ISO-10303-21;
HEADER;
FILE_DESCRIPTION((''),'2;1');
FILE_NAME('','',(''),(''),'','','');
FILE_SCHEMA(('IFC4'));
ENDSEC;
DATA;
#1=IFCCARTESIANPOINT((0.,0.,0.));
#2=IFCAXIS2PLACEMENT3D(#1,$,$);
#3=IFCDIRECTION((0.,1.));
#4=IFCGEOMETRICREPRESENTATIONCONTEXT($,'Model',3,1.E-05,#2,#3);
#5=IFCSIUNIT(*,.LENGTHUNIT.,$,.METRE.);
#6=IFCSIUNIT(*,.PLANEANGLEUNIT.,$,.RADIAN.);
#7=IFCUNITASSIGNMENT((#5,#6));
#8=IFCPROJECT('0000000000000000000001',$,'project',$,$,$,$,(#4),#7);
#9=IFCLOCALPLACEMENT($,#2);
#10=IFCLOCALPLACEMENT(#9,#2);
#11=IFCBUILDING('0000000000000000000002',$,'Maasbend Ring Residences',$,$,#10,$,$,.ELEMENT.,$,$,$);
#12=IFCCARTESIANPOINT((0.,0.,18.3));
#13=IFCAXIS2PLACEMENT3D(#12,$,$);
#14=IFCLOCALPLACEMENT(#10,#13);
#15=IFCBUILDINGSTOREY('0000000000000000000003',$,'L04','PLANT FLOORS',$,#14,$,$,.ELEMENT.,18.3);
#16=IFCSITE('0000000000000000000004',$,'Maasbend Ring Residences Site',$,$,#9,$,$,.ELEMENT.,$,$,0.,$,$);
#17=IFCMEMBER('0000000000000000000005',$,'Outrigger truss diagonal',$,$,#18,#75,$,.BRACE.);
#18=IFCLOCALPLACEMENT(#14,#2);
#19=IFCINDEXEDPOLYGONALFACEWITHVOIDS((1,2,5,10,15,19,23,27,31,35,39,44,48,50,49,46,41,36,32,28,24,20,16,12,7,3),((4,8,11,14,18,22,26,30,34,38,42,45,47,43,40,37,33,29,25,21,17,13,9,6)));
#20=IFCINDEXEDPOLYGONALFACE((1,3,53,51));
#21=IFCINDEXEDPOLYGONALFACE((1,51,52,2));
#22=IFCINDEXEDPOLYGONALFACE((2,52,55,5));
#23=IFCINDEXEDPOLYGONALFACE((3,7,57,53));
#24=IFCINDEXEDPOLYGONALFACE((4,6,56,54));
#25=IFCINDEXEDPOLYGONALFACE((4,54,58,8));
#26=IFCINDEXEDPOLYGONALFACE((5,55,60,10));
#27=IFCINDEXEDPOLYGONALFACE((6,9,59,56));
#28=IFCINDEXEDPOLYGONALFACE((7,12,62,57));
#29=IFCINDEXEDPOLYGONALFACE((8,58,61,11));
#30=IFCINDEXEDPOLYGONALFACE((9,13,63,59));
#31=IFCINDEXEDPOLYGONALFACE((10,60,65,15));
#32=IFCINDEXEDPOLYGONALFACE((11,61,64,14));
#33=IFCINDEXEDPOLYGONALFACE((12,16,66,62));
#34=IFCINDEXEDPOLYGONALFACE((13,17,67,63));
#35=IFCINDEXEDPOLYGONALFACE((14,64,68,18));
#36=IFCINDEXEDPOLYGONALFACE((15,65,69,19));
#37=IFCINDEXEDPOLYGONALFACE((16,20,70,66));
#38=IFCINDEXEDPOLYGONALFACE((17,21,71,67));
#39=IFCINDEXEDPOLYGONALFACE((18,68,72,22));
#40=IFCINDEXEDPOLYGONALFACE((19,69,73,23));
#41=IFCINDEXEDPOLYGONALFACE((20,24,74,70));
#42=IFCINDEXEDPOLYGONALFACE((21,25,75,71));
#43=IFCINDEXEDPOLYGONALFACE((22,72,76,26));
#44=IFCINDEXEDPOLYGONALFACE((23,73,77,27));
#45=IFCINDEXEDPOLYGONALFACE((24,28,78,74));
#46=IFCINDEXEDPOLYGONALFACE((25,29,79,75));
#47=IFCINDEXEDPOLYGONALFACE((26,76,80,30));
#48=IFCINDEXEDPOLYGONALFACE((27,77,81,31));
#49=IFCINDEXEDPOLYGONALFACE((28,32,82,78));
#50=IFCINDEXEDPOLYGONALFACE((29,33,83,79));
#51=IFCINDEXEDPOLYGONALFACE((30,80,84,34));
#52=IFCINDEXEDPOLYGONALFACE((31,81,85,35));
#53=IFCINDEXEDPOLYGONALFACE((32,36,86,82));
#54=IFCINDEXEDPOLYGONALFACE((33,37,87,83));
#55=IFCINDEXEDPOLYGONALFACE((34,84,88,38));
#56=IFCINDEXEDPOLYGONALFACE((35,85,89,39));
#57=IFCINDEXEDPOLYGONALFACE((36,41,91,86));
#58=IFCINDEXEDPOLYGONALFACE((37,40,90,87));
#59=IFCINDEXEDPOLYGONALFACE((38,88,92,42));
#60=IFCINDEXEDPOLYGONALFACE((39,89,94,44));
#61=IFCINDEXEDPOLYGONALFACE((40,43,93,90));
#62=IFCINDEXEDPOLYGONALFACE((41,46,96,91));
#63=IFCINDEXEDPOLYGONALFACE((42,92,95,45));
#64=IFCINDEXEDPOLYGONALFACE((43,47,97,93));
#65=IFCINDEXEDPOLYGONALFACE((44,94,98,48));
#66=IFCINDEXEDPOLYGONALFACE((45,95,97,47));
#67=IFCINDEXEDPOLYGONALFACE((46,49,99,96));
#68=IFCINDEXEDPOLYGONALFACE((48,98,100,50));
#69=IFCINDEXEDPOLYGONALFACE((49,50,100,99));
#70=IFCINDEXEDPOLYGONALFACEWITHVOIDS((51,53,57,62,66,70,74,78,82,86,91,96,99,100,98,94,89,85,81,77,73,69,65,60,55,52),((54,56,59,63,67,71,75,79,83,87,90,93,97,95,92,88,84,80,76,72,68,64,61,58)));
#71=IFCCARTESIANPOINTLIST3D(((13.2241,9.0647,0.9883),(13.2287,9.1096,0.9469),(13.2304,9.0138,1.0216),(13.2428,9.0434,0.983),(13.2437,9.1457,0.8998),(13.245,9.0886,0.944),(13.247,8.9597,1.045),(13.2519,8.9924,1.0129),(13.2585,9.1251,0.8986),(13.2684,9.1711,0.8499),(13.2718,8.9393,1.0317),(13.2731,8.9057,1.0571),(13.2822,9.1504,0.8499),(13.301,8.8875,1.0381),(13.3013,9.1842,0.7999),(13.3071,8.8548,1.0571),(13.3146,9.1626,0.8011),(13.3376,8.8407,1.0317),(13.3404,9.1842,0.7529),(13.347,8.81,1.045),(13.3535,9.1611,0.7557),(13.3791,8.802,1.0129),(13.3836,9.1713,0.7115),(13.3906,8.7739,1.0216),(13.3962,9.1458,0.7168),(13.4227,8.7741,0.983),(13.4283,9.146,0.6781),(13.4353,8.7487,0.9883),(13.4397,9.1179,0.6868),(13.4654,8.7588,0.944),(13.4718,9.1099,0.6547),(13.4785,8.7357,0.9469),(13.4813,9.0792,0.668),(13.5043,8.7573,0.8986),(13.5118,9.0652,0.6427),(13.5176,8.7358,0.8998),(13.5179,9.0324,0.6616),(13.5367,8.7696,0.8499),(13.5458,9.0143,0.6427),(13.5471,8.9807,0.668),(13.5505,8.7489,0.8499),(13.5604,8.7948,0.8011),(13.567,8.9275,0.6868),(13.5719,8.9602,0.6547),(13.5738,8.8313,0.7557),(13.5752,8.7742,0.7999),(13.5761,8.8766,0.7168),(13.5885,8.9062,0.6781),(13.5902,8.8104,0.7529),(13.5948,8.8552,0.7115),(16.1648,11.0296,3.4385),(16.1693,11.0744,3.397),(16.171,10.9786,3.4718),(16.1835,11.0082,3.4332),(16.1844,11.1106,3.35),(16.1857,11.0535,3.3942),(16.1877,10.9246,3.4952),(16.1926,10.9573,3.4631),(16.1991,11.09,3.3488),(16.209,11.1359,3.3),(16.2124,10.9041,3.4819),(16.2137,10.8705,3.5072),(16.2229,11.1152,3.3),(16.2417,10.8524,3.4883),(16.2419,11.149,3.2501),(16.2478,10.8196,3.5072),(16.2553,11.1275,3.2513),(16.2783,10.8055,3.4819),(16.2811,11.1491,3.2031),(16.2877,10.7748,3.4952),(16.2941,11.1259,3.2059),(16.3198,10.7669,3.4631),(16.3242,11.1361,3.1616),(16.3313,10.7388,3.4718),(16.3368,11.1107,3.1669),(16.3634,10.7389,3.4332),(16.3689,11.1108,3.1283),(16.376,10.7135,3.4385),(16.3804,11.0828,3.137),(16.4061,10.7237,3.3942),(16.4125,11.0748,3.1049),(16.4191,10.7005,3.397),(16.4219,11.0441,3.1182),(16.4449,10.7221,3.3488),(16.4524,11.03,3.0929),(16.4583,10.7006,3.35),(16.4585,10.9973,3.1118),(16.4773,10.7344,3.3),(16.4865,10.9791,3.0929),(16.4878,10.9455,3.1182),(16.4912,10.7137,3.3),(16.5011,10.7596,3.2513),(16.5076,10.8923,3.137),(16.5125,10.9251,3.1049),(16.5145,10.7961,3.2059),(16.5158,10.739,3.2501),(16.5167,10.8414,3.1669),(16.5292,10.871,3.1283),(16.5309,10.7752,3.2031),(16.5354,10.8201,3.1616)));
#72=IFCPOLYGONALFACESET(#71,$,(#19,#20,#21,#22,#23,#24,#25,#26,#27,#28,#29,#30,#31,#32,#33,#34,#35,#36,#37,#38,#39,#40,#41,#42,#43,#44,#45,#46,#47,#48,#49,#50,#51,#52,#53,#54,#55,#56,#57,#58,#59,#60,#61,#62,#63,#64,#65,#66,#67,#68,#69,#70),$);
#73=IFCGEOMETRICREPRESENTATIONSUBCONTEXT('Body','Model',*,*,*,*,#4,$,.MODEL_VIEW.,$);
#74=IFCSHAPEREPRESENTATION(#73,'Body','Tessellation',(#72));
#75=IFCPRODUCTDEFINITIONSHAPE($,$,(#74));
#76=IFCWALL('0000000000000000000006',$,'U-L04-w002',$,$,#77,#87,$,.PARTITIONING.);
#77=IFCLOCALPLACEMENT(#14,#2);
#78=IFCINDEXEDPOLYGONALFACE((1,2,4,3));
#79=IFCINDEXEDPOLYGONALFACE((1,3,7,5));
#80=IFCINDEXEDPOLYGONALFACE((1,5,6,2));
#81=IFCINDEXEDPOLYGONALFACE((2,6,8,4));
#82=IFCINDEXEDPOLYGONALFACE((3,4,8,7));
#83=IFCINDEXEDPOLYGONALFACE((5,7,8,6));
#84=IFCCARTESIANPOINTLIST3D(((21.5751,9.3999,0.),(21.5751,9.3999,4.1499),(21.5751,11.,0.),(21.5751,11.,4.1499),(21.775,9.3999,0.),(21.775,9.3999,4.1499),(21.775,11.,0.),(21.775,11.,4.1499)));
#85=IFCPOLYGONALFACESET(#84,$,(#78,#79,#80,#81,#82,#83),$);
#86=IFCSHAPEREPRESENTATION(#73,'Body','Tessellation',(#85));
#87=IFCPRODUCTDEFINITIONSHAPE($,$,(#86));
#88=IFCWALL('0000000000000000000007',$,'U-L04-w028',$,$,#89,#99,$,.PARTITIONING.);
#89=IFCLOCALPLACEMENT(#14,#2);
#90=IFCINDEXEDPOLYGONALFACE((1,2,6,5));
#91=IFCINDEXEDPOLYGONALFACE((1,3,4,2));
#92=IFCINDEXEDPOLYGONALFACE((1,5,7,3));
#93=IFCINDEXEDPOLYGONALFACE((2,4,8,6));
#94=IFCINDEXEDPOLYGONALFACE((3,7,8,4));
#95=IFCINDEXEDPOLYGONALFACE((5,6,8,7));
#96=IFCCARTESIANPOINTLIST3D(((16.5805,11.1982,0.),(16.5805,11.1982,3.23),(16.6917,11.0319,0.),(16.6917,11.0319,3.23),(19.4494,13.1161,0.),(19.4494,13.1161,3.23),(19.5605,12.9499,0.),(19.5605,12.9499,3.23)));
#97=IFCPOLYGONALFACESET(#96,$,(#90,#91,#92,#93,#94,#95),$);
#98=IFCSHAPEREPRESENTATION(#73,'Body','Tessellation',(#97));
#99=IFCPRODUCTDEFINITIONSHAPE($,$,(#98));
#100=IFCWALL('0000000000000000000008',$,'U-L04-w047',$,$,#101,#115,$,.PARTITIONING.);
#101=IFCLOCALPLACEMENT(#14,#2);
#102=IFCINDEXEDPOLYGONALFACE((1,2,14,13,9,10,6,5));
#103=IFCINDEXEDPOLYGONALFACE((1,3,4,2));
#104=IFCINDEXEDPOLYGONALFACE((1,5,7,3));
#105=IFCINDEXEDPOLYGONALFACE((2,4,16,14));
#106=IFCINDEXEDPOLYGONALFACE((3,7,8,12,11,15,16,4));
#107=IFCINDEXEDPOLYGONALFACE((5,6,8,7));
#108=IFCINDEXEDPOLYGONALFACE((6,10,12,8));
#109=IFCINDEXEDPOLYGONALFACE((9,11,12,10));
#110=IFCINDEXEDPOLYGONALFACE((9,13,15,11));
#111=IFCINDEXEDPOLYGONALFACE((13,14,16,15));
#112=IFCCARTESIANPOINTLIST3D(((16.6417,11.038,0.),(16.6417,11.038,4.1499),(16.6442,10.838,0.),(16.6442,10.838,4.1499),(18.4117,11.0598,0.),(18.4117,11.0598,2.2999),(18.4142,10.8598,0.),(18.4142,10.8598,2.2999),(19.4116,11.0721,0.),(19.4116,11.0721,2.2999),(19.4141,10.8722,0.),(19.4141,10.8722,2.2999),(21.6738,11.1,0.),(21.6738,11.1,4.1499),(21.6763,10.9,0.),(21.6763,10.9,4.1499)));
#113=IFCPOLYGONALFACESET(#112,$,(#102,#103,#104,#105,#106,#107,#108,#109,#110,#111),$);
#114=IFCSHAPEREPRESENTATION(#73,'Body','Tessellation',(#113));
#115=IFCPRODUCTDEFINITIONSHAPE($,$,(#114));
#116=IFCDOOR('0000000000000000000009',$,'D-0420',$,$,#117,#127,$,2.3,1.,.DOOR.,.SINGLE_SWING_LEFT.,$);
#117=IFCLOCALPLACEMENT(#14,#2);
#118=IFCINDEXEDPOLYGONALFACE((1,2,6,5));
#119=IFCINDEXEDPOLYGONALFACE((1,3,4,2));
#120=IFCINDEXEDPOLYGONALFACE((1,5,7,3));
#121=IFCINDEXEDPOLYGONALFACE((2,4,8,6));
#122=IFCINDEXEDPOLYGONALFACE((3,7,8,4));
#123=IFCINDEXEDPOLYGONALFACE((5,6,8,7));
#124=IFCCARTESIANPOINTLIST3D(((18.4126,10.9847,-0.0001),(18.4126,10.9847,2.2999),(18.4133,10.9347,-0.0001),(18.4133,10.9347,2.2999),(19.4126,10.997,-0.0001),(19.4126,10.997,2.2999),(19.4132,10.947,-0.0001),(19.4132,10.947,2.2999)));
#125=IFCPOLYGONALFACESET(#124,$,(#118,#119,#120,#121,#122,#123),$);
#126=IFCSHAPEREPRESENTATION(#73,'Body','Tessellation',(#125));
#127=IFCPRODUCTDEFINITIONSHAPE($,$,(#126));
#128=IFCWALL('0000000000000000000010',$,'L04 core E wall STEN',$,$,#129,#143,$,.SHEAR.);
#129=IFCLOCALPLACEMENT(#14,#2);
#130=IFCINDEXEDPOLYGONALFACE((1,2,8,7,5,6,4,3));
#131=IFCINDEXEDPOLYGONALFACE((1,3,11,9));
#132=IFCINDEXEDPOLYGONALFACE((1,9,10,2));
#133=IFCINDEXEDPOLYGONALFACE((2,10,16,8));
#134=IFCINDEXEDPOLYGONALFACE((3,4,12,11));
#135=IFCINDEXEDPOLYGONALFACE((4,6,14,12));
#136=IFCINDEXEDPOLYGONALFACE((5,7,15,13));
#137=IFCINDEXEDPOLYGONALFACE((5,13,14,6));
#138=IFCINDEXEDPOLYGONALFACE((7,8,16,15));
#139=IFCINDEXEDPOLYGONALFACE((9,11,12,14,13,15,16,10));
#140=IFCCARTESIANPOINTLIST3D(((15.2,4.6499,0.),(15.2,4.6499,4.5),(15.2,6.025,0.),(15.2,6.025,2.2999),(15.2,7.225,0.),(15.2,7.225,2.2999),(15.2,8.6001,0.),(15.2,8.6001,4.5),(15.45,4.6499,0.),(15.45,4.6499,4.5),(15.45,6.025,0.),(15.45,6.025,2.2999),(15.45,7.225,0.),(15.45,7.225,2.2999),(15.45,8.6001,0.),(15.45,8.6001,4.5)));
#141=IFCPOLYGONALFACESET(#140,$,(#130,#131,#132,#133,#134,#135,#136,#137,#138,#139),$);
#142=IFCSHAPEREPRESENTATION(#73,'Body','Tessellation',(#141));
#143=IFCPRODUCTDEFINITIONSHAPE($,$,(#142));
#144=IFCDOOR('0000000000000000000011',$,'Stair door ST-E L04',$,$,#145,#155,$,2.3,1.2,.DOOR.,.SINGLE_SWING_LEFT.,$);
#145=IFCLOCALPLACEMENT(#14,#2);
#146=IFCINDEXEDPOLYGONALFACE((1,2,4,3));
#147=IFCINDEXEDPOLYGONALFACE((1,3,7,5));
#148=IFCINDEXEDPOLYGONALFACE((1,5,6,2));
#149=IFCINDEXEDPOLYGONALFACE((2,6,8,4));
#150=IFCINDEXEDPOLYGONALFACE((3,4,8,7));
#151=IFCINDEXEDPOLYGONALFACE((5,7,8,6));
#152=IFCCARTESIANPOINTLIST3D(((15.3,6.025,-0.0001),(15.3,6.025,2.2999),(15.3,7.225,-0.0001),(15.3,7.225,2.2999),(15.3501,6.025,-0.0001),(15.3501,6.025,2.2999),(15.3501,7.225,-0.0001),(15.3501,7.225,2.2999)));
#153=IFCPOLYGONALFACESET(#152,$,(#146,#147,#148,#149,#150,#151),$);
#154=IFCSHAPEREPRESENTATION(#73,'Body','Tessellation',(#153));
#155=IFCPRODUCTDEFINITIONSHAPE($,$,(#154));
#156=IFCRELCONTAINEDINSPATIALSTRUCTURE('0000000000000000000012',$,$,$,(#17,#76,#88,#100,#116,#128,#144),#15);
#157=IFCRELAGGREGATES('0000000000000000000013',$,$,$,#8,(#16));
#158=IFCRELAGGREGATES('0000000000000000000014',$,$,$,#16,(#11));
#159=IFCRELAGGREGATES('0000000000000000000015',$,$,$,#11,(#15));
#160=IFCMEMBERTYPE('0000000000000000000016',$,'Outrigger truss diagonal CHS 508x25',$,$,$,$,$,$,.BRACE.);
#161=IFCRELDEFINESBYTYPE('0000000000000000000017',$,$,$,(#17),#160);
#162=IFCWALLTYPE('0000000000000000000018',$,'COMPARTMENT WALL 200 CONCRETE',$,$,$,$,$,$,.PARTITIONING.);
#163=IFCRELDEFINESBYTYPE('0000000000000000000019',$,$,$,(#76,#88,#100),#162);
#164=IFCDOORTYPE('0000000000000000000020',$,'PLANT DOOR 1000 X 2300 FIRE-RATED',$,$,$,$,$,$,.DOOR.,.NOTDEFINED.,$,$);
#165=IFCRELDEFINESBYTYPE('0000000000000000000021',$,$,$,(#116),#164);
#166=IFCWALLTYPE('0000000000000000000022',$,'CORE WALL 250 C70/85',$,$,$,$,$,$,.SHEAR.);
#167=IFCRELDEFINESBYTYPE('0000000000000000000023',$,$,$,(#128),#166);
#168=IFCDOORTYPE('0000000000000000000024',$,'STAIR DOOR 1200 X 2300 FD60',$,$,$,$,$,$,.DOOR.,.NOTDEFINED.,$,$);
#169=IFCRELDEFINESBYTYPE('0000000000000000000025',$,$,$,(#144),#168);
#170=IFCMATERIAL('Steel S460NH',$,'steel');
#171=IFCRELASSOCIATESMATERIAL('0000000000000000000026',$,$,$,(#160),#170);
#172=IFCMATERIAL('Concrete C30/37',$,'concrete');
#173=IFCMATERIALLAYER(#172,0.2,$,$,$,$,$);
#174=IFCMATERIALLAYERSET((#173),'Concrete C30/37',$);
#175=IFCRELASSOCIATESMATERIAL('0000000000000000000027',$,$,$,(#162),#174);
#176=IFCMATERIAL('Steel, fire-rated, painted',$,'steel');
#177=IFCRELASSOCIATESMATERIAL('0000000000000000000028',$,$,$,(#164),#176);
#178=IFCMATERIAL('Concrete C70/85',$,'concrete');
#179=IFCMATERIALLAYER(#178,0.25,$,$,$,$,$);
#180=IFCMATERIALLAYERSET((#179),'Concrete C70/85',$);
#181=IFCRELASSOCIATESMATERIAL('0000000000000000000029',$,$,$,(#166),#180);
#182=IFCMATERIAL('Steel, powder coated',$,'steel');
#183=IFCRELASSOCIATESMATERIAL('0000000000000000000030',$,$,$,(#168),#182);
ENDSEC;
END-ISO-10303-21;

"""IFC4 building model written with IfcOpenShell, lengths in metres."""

from ifc_helpers import new_model, si_unit, direction, frame, frame_2d, origin, origin_2d, place, context, subcontext, project, spatial, rectangle, hollow_circle, extrude, material, layer, layer_set, material_profile, profile_set, type_object, element, fill, save


model = new_model("IFC4")

# Units and contexts
model_context = context("Model", 3, precision=1e-05, world=origin(), true_north=direction((0.0, 1.0)))
body_context = subcontext(model_context, "Body", "Model", "MODEL_VIEW")
ifc_project = project(units=[si_unit("LENGTHUNIT", "METRE"), si_unit("PLANEANGLEUNIT", "RADIAN")], contexts=[model_context])

# Site, building, storey
site_placement = place(None, origin())
site = spatial("IfcSite", under=ifc_project, at=site_placement, Name="Maasbend Ring Residences Site", CompositionType="ELEMENT", RefElevation=0.0)
building_placement = place(site_placement, origin())
building = spatial("IfcBuilding", under=site, at=building_placement, Name="Maasbend Ring Residences", CompositionType="ELEMENT")
storey_placement = place(building_placement, frame((0.0, 0.0, 18.3)))
storey = spatial("IfcBuildingStorey", under=building, at=storey_placement, Name="L04", Description="PLANT FLOORS", CompositionType="ELEMENT", Elevation=18.3)

# Member
ifc_material_1 = material(Name="Steel S460NH", Category="steel")
ifc_material_profile_1 = material_profile(ifc_material_1, hollow_circle(Radius=0.2539, WallThickness=0.0249, at=origin_2d()), Name="Outrigger truss diagonal CHS 508x25")
ifc_profile_set_1 = profile_set([ifc_material_profile_1], Name="Steel S460NH")
member_type = type_object("IfcMemberType", Name="Outrigger truss diagonal CHS 508x25", PredefinedType="BRACE", material=ifc_profile_set_1)
member_placement = place(storey_placement, frame((16.3501, 10.9248, 3.3), z_axis=(-0.683478, -0.456673, -0.56948), x_axis=(0.55556, -0.831476, 0.0)))
element("IfcMember", 1, at=member_placement, inside=storey, type_object=member_type, Name="Outrigger truss diagonal", PredefinedType="BRACE", context=body_context, shape_type="SweptSolid", body=[
    extrude(hollow_circle(Radius=0.2539, WallThickness=0.0249, at=origin_2d()), origin(), (0.0, 0.0, 1.0), 4.3025),
])

# Walls
ifc_material_2 = material(Name="Concrete C30/37", Category="concrete")
ifc_layer_1 = layer(ifc_material_2, 0.2)
ifc_layer_set_1 = layer_set([ifc_layer_1], Name="Concrete C30/37")
wall_type_1 = type_object("IfcWallType", Name="COMPARTMENT WALL 200 CONCRETE", PredefinedType="PARTITIONING", material=ifc_layer_set_1)
wall_1_placement = place(storey_placement, frame((21.675, 9.3999, 0.0), z_axis=(0.0, 0.0, 1.0), x_axis=(0.0, 1.0, 0.0)))
element("IfcWall", 2, at=wall_1_placement, inside=storey, type_object=wall_type_1, Name="U-L04-w002", PredefinedType="PARTITIONING", context=body_context, shape_type="SweptSolid", body=[
    extrude(rectangle(XDim=1.6001, YDim=0.2, at=frame_2d((0.8, 0.0))), origin(), (0.0, 0.0, 1.0), 4.1499),
])
wall_2_placement = place(storey_placement, frame((16.636, 11.115, 0.0), z_axis=(0.0, 0.0, 1.0), x_axis=(0.831331, 0.555777, 0.0)))
element("IfcWall", 3, at=wall_2_placement, inside=storey, type_object=wall_type_1, Name="U-L04-w028", PredefinedType="PARTITIONING", context=body_context, shape_type="SweptSolid", body=[
    extrude(rectangle(XDim=3.4509, YDim=0.2, at=frame_2d((1.7256, 0.0))), origin(), (0.0, 0.0, 1.0), 3.23),
])

# Walls, openings, doors
wall_3_placement = place(storey_placement, frame((16.6431, 10.938, 0.0), z_axis=(0.0, 0.0, 1.0), x_axis=(0.999924, 0.012323, 0.0)))
wall_3 = element("IfcWall", 4, at=wall_3_placement, inside=storey, type_object=wall_type_1, Name="U-L04-w047", PredefinedType="PARTITIONING", context=body_context, shape_type="SweptSolid", body=[
    extrude(rectangle(XDim=5.0325, YDim=0.2, at=frame_2d((2.5161, 0.0))), origin(), (0.0, 0.0, 1.0), 4.1499),
])
opening_1_placement = place(wall_3_placement, frame((1.77, 0.0, 0.0)))
opening_1 = element("IfcOpeningElement", 5, at=opening_1_placement, cuts=wall_3, PredefinedType="OPENING", context=body_context, shape_type="SweptSolid", body=[
    extrude(rectangle(XDim=1.0, YDim=2.3, at=frame_2d((0.5, 1.1499))), frame((0.0, 0.1099, 0.0), z_axis=(0.0, -1.0, 0.0), x_axis=(1.0, 0.0, 0.0)), (0.0, 0.0, 1.0), 0.22),
])
ifc_material_3 = material(Name="Steel, fire-rated, painted", Category="steel")
door_type_1 = type_object("IfcDoorType", Name="PLANT DOOR 1000 X 2300 FIRE-RATED", OperationType="NOTDEFINED", PredefinedType="DOOR", material=ifc_material_3)
door_1_placement = place(opening_1_placement, origin())
door_1 = element("IfcDoor", 6, at=door_1_placement, inside=storey, type_object=door_type_1, Name="D-0420", OperationType="SINGLE_SWING_LEFT", OverallHeight=2.3, OverallWidth=1.0, PredefinedType="DOOR", context=body_context, shape_type="SweptSolid", body=[
    extrude(rectangle(XDim=1.0, YDim=2.3, at=frame_2d((0.5, 1.1499))), frame((0.0, 0.0249, 0.0), z_axis=(0.0, -1.0, 0.0), x_axis=(1.0, 0.0, 0.0)), (0.0, 0.0, 1.0), 0.05),
])
fill(opening_1, door_1)
ifc_material_4 = material(Name="Concrete C70/85", Category="concrete")
ifc_layer_2 = layer(ifc_material_4, 0.25)
ifc_layer_set_2 = layer_set([ifc_layer_2], Name="Concrete C70/85")
wall_type_2 = type_object("IfcWallType", Name="CORE WALL 250 C70/85", PredefinedType="SHEAR", material=ifc_layer_set_2)
wall_4_placement = place(storey_placement, frame((15.325, 4.6499, 0.0), z_axis=(0.0, 0.0, 1.0), x_axis=(0.0, 1.0, 0.0)))
wall_4 = element("IfcWall", 7, at=wall_4_placement, inside=storey, type_object=wall_type_2, Name="L04 core E wall STEN", PredefinedType="SHEAR", context=body_context, shape_type="SweptSolid", body=[
    extrude(rectangle(XDim=3.9502, YDim=0.25, at=frame_2d((1.9751, 0.0))), origin(), (0.0, 0.0, 1.0), 4.5),
])
opening_2_placement = place(wall_4_placement, frame((1.375, 0.0, 0.0)))
opening_2 = element("IfcOpeningElement", 8, at=opening_2_placement, cuts=wall_4, PredefinedType="OPENING", context=body_context, shape_type="SweptSolid", body=[
    extrude(rectangle(XDim=1.2, YDim=2.3, at=frame_2d((0.6001, 1.1499))), frame((0.0, 0.135, 0.0), z_axis=(0.0, -1.0, 0.0), x_axis=(1.0, 0.0, 0.0)), (0.0, 0.0, 1.0), 0.27),
])
ifc_material_5 = material(Name="Steel, powder coated", Category="steel")
door_type_2 = type_object("IfcDoorType", Name="STAIR DOOR 1200 X 2300 FD60", OperationType="NOTDEFINED", PredefinedType="DOOR", material=ifc_material_5)
door_2_placement = place(opening_2_placement, origin())
door_2 = element("IfcDoor", 9, at=door_2_placement, inside=storey, type_object=door_type_2, Name="Stair door ST-E L04", OperationType="SINGLE_SWING_LEFT", OverallHeight=2.3, OverallWidth=1.2, PredefinedType="DOOR", context=body_context, shape_type="SweptSolid", body=[
    extrude(rectangle(XDim=1.2, YDim=2.3, at=frame_2d((0.6001, 1.1499))), frame((0.0, 0.0249, 0.0), z_axis=(0.0, -1.0, 0.0), x_axis=(1.0, 0.0, 0.0)), (0.0, 0.0, 1.0), 0.05),
])
fill(opening_2, door_2)

save(model, "model.ifc")
